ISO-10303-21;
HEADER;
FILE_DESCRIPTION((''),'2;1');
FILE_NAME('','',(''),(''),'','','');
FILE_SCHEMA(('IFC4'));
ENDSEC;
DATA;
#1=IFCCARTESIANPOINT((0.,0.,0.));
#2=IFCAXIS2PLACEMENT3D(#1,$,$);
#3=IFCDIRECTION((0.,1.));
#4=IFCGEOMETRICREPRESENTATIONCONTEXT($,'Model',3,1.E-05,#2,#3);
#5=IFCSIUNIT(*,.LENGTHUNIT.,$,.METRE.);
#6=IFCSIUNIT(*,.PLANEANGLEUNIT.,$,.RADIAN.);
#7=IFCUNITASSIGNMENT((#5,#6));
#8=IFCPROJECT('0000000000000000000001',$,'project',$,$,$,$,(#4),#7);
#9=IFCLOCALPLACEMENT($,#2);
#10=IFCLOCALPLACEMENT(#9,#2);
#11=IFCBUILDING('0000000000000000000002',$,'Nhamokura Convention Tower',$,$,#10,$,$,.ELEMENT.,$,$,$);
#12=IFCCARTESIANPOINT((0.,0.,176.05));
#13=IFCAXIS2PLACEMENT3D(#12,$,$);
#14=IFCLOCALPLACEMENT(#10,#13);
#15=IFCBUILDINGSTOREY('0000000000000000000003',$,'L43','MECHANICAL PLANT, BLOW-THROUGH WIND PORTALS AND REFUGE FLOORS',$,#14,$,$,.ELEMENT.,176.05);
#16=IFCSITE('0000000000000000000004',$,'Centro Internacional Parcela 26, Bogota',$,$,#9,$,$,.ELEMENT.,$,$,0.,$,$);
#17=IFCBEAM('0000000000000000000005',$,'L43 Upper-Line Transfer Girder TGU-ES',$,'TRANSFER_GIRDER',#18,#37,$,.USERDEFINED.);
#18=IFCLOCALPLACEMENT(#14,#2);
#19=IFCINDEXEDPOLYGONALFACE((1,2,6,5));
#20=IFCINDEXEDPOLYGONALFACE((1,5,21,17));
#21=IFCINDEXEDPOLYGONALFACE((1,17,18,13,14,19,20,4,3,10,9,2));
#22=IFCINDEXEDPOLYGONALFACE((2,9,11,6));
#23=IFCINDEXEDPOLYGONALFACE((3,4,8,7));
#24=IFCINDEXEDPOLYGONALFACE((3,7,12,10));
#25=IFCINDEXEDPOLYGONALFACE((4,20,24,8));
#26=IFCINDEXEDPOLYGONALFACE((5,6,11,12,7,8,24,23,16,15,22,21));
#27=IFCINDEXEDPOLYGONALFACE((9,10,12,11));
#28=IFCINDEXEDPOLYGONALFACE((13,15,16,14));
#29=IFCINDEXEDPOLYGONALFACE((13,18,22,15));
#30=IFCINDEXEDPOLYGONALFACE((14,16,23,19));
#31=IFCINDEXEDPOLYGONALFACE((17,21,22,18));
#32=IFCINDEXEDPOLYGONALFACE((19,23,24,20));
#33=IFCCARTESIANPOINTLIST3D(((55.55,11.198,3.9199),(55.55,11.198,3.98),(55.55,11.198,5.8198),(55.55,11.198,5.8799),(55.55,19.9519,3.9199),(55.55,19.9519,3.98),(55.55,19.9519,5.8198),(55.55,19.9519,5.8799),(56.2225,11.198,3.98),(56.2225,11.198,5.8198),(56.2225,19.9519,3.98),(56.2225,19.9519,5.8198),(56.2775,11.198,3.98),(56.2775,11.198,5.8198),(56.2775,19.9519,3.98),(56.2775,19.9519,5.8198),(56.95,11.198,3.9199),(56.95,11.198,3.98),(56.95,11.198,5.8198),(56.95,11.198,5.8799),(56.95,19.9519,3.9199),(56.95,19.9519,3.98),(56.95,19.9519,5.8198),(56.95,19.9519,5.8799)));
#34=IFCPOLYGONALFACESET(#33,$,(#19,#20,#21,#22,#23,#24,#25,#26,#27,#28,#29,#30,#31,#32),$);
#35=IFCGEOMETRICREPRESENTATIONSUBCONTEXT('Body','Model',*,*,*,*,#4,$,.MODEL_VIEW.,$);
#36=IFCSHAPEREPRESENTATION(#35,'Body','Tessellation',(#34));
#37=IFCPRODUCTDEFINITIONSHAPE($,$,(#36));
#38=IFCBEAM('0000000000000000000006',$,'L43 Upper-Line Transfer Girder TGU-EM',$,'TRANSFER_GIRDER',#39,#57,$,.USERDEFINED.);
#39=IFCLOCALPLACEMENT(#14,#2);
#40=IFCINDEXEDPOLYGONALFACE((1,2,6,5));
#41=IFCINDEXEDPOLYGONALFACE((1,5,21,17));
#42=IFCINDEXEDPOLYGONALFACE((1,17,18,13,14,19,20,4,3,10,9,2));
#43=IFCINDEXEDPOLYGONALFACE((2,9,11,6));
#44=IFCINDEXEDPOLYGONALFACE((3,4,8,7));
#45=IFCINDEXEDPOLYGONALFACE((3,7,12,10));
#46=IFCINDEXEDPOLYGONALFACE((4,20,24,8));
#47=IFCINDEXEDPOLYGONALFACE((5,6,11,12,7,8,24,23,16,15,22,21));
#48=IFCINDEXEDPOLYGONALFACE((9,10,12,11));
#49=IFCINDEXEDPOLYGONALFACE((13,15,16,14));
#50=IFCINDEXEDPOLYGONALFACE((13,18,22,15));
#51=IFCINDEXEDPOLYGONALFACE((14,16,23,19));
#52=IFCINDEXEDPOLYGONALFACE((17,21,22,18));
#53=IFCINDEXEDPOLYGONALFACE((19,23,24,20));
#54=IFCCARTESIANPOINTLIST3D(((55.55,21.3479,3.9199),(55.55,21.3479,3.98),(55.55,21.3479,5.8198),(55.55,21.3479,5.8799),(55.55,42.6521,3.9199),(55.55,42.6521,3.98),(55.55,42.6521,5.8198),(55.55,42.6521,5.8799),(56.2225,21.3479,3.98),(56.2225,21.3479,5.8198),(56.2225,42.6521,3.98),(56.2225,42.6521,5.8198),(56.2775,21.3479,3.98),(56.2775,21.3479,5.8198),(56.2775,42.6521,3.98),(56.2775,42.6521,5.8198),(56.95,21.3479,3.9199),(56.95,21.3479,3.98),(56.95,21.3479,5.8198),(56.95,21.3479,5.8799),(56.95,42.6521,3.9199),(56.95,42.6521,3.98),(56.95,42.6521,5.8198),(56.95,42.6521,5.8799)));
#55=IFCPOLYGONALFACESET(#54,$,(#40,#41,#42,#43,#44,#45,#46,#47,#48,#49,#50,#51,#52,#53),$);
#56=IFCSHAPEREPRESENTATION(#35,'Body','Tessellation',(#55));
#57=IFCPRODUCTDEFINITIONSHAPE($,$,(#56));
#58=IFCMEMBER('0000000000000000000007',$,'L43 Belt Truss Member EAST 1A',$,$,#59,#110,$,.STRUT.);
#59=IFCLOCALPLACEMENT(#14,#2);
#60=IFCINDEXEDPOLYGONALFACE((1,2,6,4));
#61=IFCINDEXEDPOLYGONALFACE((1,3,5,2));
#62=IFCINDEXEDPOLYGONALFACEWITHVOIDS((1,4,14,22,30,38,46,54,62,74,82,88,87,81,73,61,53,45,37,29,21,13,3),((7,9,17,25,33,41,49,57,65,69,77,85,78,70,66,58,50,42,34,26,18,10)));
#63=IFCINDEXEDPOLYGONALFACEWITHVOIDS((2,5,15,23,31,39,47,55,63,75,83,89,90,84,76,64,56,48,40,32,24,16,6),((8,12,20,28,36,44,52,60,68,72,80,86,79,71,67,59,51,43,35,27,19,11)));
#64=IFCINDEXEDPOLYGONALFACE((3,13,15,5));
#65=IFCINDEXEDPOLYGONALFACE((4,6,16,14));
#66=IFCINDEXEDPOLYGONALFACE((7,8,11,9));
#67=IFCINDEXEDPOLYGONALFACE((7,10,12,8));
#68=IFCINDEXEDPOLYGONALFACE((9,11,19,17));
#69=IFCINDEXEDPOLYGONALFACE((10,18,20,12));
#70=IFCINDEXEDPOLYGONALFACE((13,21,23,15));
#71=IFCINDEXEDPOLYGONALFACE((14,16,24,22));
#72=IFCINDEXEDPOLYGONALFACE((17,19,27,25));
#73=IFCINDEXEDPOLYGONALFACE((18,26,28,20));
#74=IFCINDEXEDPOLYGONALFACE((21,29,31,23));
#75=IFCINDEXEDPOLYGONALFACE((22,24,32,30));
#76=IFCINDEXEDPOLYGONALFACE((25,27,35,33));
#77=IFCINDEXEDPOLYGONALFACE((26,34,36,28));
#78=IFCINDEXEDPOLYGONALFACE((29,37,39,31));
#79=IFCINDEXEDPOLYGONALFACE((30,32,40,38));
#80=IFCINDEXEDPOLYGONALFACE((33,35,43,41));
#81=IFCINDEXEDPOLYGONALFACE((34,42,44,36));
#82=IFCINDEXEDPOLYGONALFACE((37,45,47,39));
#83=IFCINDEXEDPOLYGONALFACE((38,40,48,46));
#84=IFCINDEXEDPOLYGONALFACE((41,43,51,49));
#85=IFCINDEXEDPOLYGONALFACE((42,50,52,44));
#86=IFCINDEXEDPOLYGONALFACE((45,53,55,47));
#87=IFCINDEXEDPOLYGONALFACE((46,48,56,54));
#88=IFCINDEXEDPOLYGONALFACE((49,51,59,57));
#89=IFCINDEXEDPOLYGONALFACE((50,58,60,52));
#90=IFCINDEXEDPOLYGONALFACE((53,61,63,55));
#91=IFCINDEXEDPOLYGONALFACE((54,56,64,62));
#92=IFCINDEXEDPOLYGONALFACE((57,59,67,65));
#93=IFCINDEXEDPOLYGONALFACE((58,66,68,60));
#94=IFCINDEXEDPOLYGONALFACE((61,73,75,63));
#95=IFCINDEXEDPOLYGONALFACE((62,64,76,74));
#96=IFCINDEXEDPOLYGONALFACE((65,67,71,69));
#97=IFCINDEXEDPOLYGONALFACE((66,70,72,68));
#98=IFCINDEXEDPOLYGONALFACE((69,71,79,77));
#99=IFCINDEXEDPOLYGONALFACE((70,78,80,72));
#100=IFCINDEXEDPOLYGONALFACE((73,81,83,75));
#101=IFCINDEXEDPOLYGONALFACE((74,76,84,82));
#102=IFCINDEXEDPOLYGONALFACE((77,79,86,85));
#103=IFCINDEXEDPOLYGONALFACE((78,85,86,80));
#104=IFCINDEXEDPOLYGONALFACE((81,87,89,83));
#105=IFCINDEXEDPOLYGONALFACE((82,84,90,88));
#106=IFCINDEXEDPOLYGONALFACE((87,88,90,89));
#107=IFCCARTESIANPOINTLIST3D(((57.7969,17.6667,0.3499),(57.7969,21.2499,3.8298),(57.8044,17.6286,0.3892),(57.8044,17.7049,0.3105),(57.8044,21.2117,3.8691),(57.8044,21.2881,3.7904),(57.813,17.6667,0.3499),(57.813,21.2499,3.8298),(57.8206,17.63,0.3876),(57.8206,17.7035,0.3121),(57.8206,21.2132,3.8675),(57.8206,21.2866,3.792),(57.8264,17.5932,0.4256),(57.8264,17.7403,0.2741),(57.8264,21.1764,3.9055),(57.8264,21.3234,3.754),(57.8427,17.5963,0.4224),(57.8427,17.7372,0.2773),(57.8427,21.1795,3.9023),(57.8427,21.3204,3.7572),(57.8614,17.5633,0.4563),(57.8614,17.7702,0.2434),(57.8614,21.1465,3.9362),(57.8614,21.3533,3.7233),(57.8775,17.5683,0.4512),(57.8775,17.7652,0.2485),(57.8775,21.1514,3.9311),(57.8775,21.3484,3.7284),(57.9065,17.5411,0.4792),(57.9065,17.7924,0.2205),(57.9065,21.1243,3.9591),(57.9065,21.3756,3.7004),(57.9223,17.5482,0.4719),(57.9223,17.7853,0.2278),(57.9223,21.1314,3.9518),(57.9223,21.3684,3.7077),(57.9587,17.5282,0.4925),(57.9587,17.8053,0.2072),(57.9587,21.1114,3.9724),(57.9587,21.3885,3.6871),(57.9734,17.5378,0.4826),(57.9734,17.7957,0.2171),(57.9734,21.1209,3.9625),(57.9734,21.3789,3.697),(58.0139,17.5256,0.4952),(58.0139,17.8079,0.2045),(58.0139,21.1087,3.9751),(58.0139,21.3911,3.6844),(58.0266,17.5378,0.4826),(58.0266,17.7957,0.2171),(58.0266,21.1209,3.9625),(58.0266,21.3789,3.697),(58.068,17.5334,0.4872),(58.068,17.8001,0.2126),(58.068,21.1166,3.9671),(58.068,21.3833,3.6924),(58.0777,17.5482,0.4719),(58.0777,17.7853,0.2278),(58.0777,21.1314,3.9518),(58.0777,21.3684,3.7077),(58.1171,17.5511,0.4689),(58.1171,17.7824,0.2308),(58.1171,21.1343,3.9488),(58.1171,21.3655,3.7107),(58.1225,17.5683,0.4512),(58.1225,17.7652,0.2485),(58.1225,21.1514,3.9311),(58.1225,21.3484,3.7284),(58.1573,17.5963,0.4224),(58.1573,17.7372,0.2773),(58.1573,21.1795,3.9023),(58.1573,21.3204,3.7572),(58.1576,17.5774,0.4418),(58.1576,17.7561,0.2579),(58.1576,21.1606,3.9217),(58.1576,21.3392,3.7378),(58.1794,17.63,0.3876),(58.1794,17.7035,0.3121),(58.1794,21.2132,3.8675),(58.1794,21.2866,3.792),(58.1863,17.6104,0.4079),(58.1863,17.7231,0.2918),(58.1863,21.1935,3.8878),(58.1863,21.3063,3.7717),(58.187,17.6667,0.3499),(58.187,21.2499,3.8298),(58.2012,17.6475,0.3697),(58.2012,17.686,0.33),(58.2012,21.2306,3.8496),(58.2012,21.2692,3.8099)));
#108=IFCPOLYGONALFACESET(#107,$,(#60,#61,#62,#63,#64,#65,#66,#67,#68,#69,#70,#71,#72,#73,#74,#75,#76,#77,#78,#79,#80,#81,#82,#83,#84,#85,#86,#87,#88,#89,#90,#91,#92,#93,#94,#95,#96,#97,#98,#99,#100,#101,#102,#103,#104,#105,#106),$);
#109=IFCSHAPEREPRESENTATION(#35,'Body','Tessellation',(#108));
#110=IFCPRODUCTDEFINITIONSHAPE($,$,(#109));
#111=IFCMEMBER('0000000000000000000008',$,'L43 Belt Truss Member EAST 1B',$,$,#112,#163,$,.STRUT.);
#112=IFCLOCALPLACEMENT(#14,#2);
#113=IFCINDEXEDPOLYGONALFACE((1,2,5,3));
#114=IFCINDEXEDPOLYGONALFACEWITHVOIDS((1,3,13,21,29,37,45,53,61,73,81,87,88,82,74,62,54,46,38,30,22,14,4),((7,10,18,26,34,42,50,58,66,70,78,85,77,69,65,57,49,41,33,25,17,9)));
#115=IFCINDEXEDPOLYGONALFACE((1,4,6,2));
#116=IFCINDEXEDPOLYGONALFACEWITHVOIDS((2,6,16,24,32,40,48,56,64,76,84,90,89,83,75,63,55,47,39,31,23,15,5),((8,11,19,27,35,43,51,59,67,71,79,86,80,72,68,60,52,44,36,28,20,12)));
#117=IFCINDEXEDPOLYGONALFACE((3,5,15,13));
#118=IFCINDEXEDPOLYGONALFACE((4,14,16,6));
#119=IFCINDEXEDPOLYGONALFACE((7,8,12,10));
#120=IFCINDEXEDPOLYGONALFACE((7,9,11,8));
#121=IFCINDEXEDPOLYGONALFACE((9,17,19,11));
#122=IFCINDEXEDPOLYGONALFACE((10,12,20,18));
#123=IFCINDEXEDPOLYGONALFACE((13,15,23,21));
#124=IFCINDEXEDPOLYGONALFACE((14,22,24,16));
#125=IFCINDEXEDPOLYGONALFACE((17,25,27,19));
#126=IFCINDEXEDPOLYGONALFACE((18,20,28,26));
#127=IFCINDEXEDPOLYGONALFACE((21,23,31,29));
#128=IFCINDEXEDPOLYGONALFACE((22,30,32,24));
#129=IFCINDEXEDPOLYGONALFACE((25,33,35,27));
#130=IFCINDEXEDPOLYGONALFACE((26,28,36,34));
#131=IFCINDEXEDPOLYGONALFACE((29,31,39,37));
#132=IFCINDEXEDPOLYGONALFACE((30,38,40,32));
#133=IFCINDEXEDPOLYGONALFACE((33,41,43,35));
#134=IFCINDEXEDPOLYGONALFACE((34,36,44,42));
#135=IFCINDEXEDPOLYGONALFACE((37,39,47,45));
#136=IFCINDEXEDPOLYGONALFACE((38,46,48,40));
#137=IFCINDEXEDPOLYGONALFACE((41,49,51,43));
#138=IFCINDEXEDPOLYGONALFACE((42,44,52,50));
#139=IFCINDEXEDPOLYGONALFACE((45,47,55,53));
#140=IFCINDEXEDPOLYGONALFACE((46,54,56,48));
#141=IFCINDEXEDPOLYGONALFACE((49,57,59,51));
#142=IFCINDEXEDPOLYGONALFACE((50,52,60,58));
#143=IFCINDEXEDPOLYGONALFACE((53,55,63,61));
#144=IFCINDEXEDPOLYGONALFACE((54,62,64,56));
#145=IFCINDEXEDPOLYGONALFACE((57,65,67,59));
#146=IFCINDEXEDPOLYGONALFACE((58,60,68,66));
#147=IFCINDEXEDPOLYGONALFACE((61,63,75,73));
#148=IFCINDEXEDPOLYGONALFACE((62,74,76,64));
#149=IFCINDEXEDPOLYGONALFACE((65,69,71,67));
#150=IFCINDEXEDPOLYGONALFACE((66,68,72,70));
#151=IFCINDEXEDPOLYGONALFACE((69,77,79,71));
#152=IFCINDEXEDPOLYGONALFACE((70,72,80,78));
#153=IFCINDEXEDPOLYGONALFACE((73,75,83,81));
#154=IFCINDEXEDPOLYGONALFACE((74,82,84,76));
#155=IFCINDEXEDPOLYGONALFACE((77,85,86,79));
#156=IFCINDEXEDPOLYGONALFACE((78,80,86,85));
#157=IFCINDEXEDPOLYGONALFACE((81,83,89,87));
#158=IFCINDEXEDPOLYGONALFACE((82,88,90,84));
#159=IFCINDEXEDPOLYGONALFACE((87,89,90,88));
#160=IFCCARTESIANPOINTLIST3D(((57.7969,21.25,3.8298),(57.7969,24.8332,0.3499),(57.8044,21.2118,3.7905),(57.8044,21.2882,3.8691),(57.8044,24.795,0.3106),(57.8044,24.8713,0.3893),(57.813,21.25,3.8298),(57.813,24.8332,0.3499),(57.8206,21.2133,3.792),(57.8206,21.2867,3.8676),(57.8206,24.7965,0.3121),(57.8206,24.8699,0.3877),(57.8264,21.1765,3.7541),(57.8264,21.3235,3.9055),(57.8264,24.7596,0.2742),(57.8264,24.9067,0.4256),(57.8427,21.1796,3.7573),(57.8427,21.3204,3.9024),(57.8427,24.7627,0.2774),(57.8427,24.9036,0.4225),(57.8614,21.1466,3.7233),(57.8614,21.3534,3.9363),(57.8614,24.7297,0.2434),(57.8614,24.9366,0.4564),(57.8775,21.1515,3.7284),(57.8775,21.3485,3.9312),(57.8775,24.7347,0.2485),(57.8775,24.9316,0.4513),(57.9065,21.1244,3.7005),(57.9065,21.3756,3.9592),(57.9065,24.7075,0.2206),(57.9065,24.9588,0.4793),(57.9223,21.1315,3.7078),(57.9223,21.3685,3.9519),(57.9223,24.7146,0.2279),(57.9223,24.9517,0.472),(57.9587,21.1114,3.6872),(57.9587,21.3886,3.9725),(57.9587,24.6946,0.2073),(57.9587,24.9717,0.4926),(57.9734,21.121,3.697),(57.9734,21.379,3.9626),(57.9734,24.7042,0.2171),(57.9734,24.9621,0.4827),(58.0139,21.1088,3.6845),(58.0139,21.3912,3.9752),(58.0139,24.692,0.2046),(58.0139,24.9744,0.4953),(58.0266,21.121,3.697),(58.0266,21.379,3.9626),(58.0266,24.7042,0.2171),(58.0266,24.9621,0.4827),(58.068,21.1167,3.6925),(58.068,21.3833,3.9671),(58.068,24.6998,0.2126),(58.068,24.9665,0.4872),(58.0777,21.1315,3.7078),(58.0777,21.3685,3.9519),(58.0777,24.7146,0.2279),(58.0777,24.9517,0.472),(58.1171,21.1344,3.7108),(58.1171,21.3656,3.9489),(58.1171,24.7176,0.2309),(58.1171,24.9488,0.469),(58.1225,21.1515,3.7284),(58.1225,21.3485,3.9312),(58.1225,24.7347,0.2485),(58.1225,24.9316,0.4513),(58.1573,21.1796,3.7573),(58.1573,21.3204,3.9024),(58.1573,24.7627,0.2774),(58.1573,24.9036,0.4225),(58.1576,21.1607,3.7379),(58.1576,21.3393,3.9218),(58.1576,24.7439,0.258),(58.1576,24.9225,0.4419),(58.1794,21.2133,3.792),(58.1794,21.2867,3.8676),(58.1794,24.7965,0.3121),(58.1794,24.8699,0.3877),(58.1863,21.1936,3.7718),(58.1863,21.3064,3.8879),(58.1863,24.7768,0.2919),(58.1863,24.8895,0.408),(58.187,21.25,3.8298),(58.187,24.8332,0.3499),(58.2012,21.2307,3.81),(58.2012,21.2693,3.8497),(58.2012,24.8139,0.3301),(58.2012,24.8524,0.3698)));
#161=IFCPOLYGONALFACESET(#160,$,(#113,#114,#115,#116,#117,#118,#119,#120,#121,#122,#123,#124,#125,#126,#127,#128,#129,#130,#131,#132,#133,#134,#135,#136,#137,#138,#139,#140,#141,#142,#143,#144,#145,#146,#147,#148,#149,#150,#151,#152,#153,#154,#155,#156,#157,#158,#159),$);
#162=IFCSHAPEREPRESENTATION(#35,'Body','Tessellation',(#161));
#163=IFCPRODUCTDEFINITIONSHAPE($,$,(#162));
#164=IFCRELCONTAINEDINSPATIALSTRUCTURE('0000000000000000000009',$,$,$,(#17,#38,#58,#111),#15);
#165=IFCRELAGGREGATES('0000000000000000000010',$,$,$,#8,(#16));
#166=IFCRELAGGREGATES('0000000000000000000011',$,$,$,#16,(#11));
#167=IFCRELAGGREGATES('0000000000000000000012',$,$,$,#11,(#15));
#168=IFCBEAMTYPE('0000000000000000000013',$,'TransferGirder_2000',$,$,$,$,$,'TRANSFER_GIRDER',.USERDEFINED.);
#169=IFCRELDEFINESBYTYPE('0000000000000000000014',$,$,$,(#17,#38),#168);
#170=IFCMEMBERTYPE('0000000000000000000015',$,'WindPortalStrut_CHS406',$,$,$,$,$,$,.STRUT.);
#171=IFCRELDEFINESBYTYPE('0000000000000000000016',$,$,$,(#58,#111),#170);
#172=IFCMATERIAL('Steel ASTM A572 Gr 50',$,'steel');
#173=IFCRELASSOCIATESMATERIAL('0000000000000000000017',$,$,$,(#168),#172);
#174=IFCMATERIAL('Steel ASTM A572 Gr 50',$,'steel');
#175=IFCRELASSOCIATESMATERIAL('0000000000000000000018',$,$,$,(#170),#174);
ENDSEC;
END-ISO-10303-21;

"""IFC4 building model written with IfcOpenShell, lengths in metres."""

from ifc_helpers import new_model, si_unit, direction, frame, origin, origin_2d, place, context, subcontext, project, spatial, hollow_circle, i_section, extrude, material, material_profile, profile_set, type_object, element, save


model = new_model("IFC4")

# Units and contexts
model_context = context("Model", 3, precision=1e-05, world=origin(), true_north=direction((0.0, 1.0)))
body_context = subcontext(model_context, "Body", "Model", "MODEL_VIEW")
ifc_project = project(units=[si_unit("LENGTHUNIT", "METRE"), si_unit("PLANEANGLEUNIT", "RADIAN")], contexts=[model_context])

# Site, building, storey
site_placement = place(None, origin())
site = spatial("IfcSite", under=ifc_project, at=site_placement, Name="Centro Internacional Parcela 26, Bogota", CompositionType="ELEMENT", RefElevation=0.0)
building_placement = place(site_placement, origin())
building = spatial("IfcBuilding", under=site, at=building_placement, Name="Nhamokura Convention Tower", CompositionType="ELEMENT")
storey_placement = place(building_placement, frame((0.0, 0.0, 176.05)))
storey = spatial("IfcBuildingStorey", under=building, at=storey_placement, Name="L43", Description="MECHANICAL PLANT, BLOW-THROUGH WIND PORTALS AND REFUGE FLOORS", CompositionType="ELEMENT", Elevation=176.05)

# Beams
ifc_material_1 = material(Name="Steel ASTM A572 Gr 50", Category="steel")
ifc_material_profile_1 = material_profile(ifc_material_1, i_section(OverallWidth=1.3999, OverallDepth=1.96, WebThickness=0.0549, FlangeThickness=0.0601, at=origin_2d()))
ifc_profile_set_1 = profile_set([ifc_material_profile_1], Name="Steel ASTM A572 Gr 50")
beam_type_1 = type_object("IfcBeamType", Name="TransferGirder_2000", ElementType="TRANSFER_GIRDER", PredefinedType="USERDEFINED", material=ifc_profile_set_1)
beam_1_placement = place(storey_placement, frame((56.25, 11.198, 4.8999), z_axis=(0.0, 1.0, 0.0), x_axis=(-1.0, 0.0, 0.0)))
element("IfcBeam", 1, at=beam_1_placement, inside=storey, type_object=beam_type_1, Name="L43 Upper-Line Transfer Girder TGU-ES", ObjectType="TRANSFER_GIRDER", PredefinedType="USERDEFINED", context=body_context, shape_type="SweptSolid", body=[
    extrude(i_section(OverallWidth=1.3999, OverallDepth=1.96, WebThickness=0.0549, FlangeThickness=0.0601, at=origin_2d()), origin(), (0.0, 0.0, 1.0), 8.7539),
])
beam_2_placement = place(storey_placement, frame((56.25, 21.3479, 4.8999), z_axis=(0.0, 1.0, 0.0), x_axis=(-1.0, 0.0, 0.0)))
element("IfcBeam", 2, at=beam_2_placement, inside=storey, type_object=beam_type_1, Name="L43 Upper-Line Transfer Girder TGU-EM", ObjectType="TRANSFER_GIRDER", PredefinedType="USERDEFINED", context=body_context, shape_type="SweptSolid", body=[
    extrude(i_section(OverallWidth=1.3999, OverallDepth=1.96, WebThickness=0.0549, FlangeThickness=0.0601, at=origin_2d()), origin(), (0.0, 0.0, 1.0), 21.3042),
])

# Members
ifc_material_2 = material(Name="Steel ASTM A572 Gr 50", Category="steel")
ifc_material_profile_2 = material_profile(ifc_material_2, hollow_circle(Radius=0.2031, WallThickness=0.0161, at=origin_2d()))
ifc_profile_set_2 = profile_set([ifc_material_profile_2], Name="Steel ASTM A572 Gr 50")
member_type_1 = type_object("IfcMemberType", Name="WindPortalStrut_CHS406", PredefinedType="STRUT", material=ifc_profile_set_2)
for number, where, z_axis, x_axis, name in (
    (3, (58.0, 17.6667, 0.3499), (0.0, 0.717369, 0.696694), (-1.0, 0.0, 0.0), "L43 Belt Truss Member EAST 1A"),
    (4, (58.0, 21.25, 3.8298), (0.0, 0.717369, -0.696694), (-1.0, 0.0, 0.0), "L43 Belt Truss Member EAST 1B"),
):
    element("IfcMember", number, at=place(storey_placement, frame(where, z_axis=z_axis, x_axis=x_axis)), inside=storey, type_object=member_type_1, Name=name, PredefinedType="STRUT", context=body_context, shape_type="SweptSolid", body=[
        extrude(hollow_circle(Radius=0.2031, WallThickness=0.0161, at=origin_2d()), origin(), (0.0, 0.0, 1.0), 4.9949),
    ])

save(model, "model.ifc")
